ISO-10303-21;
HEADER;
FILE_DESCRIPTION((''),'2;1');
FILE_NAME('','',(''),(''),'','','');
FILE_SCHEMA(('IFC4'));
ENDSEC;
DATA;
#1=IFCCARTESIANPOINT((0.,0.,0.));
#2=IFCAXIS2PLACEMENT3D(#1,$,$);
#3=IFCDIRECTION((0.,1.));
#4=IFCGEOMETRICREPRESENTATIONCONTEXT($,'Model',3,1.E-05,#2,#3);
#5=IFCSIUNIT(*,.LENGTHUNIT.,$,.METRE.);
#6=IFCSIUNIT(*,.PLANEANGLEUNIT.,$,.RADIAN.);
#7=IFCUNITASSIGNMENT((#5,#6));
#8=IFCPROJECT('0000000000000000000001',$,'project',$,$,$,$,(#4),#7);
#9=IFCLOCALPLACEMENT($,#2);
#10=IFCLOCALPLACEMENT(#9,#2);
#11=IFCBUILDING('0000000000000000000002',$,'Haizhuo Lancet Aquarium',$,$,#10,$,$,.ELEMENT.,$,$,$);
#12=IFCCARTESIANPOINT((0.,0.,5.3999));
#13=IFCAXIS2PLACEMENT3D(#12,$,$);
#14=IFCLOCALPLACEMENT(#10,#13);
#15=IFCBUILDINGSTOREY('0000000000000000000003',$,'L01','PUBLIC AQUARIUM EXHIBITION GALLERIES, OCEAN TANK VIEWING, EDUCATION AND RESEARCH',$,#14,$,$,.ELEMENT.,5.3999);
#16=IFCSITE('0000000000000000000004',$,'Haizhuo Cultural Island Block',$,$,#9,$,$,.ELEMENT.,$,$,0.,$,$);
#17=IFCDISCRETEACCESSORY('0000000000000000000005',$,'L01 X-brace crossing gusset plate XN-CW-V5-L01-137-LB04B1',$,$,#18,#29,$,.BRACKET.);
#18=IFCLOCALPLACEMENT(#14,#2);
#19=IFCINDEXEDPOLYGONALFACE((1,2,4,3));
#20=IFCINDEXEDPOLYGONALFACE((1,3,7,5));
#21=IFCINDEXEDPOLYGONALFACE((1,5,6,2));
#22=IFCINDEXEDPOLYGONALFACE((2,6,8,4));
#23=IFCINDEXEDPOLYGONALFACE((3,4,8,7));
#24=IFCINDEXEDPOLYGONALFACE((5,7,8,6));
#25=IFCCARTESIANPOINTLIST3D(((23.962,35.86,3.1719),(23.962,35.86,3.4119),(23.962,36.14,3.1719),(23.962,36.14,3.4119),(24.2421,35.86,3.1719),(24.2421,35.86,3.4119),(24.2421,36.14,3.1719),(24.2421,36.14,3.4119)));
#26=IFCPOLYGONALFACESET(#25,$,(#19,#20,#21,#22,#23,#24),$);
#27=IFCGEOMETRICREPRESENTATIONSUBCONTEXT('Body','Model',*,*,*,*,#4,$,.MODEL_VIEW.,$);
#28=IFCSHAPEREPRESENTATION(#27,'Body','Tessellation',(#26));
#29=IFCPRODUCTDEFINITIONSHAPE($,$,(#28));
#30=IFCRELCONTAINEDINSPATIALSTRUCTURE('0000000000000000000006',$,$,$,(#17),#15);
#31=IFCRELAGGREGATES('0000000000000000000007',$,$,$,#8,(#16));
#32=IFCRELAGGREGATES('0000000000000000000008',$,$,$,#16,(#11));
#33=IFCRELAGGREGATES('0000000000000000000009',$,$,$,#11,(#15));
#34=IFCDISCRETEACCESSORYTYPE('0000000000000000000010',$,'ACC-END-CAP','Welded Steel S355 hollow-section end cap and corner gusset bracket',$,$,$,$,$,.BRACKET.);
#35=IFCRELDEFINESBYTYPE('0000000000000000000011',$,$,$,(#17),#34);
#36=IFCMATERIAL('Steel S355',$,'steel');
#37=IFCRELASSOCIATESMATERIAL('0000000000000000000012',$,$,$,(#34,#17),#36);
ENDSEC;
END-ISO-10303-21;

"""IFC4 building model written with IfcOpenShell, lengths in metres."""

from ifc_helpers import new_model, si_unit, direction, frame, origin, origin_2d, place, context, subcontext, project, spatial, rectangle, extrude, material, type_object, element, save


model = new_model("IFC4")

# Units and contexts
model_context = context("Model", 3, precision=1e-05, world=origin(), true_north=direction((0.0, 1.0)))
body_context = subcontext(model_context, "Body", "Model", "MODEL_VIEW")
ifc_project = project(units=[si_unit("LENGTHUNIT", "METRE"), si_unit("PLANEANGLEUNIT", "RADIAN")], contexts=[model_context])

# Site, building, storey
site_placement = place(None, origin())
site = spatial("IfcSite", under=ifc_project, at=site_placement, Name="Haizhuo Cultural Island Block", CompositionType="ELEMENT", RefElevation=0.0)
building_placement = place(site_placement, origin())
building = spatial("IfcBuilding", under=site, at=building_placement, Name="Haizhuo Lancet Aquarium", CompositionType="ELEMENT")
storey_placement = place(building_placement, frame((0.0, 0.0, 5.3999)))
storey = spatial("IfcBuildingStorey", under=building, at=storey_placement, Name="L01", Description="PUBLIC AQUARIUM EXHIBITION GALLERIES, OCEAN TANK VIEWING, EDUCATION AND RESEARCH", CompositionType="ELEMENT", Elevation=5.3999)

# Shared definitions
ifc_material_1 = material(Name="Steel S355", Category="steel")

# Discrete accessory
discrete_accessory_type = type_object("IfcDiscreteAccessoryType", Name="ACC-END-CAP", Description="Welded Steel S355 hollow-section end cap and corner gusset bracket", PredefinedType="BRACKET", material=ifc_material_1)
for number, where, z_axis, x_axis, name in (
    (1, (24.1021, 36.0, 3.1719), (0.0, 0.0, 1.0), (1.0, 0.0, 0.0), "L01 X-brace crossing gusset plate XN-CW-V5-L01-137-LB04B1"),
):
    element("IfcDiscreteAccessory", number, at=place(storey_placement, frame(where, z_axis=z_axis, x_axis=x_axis)), inside=storey, type_object=discrete_accessory_type, material=ifc_material_1, Name=name, PredefinedType="BRACKET", context=body_context, shape_type="SweptSolid", body=[
        extrude(rectangle(XDim=0.28, YDim=0.28, at=origin_2d()), origin(), (0.0, 0.0, 1.0), 0.24),
    ])

save(model, "model.ifc")
